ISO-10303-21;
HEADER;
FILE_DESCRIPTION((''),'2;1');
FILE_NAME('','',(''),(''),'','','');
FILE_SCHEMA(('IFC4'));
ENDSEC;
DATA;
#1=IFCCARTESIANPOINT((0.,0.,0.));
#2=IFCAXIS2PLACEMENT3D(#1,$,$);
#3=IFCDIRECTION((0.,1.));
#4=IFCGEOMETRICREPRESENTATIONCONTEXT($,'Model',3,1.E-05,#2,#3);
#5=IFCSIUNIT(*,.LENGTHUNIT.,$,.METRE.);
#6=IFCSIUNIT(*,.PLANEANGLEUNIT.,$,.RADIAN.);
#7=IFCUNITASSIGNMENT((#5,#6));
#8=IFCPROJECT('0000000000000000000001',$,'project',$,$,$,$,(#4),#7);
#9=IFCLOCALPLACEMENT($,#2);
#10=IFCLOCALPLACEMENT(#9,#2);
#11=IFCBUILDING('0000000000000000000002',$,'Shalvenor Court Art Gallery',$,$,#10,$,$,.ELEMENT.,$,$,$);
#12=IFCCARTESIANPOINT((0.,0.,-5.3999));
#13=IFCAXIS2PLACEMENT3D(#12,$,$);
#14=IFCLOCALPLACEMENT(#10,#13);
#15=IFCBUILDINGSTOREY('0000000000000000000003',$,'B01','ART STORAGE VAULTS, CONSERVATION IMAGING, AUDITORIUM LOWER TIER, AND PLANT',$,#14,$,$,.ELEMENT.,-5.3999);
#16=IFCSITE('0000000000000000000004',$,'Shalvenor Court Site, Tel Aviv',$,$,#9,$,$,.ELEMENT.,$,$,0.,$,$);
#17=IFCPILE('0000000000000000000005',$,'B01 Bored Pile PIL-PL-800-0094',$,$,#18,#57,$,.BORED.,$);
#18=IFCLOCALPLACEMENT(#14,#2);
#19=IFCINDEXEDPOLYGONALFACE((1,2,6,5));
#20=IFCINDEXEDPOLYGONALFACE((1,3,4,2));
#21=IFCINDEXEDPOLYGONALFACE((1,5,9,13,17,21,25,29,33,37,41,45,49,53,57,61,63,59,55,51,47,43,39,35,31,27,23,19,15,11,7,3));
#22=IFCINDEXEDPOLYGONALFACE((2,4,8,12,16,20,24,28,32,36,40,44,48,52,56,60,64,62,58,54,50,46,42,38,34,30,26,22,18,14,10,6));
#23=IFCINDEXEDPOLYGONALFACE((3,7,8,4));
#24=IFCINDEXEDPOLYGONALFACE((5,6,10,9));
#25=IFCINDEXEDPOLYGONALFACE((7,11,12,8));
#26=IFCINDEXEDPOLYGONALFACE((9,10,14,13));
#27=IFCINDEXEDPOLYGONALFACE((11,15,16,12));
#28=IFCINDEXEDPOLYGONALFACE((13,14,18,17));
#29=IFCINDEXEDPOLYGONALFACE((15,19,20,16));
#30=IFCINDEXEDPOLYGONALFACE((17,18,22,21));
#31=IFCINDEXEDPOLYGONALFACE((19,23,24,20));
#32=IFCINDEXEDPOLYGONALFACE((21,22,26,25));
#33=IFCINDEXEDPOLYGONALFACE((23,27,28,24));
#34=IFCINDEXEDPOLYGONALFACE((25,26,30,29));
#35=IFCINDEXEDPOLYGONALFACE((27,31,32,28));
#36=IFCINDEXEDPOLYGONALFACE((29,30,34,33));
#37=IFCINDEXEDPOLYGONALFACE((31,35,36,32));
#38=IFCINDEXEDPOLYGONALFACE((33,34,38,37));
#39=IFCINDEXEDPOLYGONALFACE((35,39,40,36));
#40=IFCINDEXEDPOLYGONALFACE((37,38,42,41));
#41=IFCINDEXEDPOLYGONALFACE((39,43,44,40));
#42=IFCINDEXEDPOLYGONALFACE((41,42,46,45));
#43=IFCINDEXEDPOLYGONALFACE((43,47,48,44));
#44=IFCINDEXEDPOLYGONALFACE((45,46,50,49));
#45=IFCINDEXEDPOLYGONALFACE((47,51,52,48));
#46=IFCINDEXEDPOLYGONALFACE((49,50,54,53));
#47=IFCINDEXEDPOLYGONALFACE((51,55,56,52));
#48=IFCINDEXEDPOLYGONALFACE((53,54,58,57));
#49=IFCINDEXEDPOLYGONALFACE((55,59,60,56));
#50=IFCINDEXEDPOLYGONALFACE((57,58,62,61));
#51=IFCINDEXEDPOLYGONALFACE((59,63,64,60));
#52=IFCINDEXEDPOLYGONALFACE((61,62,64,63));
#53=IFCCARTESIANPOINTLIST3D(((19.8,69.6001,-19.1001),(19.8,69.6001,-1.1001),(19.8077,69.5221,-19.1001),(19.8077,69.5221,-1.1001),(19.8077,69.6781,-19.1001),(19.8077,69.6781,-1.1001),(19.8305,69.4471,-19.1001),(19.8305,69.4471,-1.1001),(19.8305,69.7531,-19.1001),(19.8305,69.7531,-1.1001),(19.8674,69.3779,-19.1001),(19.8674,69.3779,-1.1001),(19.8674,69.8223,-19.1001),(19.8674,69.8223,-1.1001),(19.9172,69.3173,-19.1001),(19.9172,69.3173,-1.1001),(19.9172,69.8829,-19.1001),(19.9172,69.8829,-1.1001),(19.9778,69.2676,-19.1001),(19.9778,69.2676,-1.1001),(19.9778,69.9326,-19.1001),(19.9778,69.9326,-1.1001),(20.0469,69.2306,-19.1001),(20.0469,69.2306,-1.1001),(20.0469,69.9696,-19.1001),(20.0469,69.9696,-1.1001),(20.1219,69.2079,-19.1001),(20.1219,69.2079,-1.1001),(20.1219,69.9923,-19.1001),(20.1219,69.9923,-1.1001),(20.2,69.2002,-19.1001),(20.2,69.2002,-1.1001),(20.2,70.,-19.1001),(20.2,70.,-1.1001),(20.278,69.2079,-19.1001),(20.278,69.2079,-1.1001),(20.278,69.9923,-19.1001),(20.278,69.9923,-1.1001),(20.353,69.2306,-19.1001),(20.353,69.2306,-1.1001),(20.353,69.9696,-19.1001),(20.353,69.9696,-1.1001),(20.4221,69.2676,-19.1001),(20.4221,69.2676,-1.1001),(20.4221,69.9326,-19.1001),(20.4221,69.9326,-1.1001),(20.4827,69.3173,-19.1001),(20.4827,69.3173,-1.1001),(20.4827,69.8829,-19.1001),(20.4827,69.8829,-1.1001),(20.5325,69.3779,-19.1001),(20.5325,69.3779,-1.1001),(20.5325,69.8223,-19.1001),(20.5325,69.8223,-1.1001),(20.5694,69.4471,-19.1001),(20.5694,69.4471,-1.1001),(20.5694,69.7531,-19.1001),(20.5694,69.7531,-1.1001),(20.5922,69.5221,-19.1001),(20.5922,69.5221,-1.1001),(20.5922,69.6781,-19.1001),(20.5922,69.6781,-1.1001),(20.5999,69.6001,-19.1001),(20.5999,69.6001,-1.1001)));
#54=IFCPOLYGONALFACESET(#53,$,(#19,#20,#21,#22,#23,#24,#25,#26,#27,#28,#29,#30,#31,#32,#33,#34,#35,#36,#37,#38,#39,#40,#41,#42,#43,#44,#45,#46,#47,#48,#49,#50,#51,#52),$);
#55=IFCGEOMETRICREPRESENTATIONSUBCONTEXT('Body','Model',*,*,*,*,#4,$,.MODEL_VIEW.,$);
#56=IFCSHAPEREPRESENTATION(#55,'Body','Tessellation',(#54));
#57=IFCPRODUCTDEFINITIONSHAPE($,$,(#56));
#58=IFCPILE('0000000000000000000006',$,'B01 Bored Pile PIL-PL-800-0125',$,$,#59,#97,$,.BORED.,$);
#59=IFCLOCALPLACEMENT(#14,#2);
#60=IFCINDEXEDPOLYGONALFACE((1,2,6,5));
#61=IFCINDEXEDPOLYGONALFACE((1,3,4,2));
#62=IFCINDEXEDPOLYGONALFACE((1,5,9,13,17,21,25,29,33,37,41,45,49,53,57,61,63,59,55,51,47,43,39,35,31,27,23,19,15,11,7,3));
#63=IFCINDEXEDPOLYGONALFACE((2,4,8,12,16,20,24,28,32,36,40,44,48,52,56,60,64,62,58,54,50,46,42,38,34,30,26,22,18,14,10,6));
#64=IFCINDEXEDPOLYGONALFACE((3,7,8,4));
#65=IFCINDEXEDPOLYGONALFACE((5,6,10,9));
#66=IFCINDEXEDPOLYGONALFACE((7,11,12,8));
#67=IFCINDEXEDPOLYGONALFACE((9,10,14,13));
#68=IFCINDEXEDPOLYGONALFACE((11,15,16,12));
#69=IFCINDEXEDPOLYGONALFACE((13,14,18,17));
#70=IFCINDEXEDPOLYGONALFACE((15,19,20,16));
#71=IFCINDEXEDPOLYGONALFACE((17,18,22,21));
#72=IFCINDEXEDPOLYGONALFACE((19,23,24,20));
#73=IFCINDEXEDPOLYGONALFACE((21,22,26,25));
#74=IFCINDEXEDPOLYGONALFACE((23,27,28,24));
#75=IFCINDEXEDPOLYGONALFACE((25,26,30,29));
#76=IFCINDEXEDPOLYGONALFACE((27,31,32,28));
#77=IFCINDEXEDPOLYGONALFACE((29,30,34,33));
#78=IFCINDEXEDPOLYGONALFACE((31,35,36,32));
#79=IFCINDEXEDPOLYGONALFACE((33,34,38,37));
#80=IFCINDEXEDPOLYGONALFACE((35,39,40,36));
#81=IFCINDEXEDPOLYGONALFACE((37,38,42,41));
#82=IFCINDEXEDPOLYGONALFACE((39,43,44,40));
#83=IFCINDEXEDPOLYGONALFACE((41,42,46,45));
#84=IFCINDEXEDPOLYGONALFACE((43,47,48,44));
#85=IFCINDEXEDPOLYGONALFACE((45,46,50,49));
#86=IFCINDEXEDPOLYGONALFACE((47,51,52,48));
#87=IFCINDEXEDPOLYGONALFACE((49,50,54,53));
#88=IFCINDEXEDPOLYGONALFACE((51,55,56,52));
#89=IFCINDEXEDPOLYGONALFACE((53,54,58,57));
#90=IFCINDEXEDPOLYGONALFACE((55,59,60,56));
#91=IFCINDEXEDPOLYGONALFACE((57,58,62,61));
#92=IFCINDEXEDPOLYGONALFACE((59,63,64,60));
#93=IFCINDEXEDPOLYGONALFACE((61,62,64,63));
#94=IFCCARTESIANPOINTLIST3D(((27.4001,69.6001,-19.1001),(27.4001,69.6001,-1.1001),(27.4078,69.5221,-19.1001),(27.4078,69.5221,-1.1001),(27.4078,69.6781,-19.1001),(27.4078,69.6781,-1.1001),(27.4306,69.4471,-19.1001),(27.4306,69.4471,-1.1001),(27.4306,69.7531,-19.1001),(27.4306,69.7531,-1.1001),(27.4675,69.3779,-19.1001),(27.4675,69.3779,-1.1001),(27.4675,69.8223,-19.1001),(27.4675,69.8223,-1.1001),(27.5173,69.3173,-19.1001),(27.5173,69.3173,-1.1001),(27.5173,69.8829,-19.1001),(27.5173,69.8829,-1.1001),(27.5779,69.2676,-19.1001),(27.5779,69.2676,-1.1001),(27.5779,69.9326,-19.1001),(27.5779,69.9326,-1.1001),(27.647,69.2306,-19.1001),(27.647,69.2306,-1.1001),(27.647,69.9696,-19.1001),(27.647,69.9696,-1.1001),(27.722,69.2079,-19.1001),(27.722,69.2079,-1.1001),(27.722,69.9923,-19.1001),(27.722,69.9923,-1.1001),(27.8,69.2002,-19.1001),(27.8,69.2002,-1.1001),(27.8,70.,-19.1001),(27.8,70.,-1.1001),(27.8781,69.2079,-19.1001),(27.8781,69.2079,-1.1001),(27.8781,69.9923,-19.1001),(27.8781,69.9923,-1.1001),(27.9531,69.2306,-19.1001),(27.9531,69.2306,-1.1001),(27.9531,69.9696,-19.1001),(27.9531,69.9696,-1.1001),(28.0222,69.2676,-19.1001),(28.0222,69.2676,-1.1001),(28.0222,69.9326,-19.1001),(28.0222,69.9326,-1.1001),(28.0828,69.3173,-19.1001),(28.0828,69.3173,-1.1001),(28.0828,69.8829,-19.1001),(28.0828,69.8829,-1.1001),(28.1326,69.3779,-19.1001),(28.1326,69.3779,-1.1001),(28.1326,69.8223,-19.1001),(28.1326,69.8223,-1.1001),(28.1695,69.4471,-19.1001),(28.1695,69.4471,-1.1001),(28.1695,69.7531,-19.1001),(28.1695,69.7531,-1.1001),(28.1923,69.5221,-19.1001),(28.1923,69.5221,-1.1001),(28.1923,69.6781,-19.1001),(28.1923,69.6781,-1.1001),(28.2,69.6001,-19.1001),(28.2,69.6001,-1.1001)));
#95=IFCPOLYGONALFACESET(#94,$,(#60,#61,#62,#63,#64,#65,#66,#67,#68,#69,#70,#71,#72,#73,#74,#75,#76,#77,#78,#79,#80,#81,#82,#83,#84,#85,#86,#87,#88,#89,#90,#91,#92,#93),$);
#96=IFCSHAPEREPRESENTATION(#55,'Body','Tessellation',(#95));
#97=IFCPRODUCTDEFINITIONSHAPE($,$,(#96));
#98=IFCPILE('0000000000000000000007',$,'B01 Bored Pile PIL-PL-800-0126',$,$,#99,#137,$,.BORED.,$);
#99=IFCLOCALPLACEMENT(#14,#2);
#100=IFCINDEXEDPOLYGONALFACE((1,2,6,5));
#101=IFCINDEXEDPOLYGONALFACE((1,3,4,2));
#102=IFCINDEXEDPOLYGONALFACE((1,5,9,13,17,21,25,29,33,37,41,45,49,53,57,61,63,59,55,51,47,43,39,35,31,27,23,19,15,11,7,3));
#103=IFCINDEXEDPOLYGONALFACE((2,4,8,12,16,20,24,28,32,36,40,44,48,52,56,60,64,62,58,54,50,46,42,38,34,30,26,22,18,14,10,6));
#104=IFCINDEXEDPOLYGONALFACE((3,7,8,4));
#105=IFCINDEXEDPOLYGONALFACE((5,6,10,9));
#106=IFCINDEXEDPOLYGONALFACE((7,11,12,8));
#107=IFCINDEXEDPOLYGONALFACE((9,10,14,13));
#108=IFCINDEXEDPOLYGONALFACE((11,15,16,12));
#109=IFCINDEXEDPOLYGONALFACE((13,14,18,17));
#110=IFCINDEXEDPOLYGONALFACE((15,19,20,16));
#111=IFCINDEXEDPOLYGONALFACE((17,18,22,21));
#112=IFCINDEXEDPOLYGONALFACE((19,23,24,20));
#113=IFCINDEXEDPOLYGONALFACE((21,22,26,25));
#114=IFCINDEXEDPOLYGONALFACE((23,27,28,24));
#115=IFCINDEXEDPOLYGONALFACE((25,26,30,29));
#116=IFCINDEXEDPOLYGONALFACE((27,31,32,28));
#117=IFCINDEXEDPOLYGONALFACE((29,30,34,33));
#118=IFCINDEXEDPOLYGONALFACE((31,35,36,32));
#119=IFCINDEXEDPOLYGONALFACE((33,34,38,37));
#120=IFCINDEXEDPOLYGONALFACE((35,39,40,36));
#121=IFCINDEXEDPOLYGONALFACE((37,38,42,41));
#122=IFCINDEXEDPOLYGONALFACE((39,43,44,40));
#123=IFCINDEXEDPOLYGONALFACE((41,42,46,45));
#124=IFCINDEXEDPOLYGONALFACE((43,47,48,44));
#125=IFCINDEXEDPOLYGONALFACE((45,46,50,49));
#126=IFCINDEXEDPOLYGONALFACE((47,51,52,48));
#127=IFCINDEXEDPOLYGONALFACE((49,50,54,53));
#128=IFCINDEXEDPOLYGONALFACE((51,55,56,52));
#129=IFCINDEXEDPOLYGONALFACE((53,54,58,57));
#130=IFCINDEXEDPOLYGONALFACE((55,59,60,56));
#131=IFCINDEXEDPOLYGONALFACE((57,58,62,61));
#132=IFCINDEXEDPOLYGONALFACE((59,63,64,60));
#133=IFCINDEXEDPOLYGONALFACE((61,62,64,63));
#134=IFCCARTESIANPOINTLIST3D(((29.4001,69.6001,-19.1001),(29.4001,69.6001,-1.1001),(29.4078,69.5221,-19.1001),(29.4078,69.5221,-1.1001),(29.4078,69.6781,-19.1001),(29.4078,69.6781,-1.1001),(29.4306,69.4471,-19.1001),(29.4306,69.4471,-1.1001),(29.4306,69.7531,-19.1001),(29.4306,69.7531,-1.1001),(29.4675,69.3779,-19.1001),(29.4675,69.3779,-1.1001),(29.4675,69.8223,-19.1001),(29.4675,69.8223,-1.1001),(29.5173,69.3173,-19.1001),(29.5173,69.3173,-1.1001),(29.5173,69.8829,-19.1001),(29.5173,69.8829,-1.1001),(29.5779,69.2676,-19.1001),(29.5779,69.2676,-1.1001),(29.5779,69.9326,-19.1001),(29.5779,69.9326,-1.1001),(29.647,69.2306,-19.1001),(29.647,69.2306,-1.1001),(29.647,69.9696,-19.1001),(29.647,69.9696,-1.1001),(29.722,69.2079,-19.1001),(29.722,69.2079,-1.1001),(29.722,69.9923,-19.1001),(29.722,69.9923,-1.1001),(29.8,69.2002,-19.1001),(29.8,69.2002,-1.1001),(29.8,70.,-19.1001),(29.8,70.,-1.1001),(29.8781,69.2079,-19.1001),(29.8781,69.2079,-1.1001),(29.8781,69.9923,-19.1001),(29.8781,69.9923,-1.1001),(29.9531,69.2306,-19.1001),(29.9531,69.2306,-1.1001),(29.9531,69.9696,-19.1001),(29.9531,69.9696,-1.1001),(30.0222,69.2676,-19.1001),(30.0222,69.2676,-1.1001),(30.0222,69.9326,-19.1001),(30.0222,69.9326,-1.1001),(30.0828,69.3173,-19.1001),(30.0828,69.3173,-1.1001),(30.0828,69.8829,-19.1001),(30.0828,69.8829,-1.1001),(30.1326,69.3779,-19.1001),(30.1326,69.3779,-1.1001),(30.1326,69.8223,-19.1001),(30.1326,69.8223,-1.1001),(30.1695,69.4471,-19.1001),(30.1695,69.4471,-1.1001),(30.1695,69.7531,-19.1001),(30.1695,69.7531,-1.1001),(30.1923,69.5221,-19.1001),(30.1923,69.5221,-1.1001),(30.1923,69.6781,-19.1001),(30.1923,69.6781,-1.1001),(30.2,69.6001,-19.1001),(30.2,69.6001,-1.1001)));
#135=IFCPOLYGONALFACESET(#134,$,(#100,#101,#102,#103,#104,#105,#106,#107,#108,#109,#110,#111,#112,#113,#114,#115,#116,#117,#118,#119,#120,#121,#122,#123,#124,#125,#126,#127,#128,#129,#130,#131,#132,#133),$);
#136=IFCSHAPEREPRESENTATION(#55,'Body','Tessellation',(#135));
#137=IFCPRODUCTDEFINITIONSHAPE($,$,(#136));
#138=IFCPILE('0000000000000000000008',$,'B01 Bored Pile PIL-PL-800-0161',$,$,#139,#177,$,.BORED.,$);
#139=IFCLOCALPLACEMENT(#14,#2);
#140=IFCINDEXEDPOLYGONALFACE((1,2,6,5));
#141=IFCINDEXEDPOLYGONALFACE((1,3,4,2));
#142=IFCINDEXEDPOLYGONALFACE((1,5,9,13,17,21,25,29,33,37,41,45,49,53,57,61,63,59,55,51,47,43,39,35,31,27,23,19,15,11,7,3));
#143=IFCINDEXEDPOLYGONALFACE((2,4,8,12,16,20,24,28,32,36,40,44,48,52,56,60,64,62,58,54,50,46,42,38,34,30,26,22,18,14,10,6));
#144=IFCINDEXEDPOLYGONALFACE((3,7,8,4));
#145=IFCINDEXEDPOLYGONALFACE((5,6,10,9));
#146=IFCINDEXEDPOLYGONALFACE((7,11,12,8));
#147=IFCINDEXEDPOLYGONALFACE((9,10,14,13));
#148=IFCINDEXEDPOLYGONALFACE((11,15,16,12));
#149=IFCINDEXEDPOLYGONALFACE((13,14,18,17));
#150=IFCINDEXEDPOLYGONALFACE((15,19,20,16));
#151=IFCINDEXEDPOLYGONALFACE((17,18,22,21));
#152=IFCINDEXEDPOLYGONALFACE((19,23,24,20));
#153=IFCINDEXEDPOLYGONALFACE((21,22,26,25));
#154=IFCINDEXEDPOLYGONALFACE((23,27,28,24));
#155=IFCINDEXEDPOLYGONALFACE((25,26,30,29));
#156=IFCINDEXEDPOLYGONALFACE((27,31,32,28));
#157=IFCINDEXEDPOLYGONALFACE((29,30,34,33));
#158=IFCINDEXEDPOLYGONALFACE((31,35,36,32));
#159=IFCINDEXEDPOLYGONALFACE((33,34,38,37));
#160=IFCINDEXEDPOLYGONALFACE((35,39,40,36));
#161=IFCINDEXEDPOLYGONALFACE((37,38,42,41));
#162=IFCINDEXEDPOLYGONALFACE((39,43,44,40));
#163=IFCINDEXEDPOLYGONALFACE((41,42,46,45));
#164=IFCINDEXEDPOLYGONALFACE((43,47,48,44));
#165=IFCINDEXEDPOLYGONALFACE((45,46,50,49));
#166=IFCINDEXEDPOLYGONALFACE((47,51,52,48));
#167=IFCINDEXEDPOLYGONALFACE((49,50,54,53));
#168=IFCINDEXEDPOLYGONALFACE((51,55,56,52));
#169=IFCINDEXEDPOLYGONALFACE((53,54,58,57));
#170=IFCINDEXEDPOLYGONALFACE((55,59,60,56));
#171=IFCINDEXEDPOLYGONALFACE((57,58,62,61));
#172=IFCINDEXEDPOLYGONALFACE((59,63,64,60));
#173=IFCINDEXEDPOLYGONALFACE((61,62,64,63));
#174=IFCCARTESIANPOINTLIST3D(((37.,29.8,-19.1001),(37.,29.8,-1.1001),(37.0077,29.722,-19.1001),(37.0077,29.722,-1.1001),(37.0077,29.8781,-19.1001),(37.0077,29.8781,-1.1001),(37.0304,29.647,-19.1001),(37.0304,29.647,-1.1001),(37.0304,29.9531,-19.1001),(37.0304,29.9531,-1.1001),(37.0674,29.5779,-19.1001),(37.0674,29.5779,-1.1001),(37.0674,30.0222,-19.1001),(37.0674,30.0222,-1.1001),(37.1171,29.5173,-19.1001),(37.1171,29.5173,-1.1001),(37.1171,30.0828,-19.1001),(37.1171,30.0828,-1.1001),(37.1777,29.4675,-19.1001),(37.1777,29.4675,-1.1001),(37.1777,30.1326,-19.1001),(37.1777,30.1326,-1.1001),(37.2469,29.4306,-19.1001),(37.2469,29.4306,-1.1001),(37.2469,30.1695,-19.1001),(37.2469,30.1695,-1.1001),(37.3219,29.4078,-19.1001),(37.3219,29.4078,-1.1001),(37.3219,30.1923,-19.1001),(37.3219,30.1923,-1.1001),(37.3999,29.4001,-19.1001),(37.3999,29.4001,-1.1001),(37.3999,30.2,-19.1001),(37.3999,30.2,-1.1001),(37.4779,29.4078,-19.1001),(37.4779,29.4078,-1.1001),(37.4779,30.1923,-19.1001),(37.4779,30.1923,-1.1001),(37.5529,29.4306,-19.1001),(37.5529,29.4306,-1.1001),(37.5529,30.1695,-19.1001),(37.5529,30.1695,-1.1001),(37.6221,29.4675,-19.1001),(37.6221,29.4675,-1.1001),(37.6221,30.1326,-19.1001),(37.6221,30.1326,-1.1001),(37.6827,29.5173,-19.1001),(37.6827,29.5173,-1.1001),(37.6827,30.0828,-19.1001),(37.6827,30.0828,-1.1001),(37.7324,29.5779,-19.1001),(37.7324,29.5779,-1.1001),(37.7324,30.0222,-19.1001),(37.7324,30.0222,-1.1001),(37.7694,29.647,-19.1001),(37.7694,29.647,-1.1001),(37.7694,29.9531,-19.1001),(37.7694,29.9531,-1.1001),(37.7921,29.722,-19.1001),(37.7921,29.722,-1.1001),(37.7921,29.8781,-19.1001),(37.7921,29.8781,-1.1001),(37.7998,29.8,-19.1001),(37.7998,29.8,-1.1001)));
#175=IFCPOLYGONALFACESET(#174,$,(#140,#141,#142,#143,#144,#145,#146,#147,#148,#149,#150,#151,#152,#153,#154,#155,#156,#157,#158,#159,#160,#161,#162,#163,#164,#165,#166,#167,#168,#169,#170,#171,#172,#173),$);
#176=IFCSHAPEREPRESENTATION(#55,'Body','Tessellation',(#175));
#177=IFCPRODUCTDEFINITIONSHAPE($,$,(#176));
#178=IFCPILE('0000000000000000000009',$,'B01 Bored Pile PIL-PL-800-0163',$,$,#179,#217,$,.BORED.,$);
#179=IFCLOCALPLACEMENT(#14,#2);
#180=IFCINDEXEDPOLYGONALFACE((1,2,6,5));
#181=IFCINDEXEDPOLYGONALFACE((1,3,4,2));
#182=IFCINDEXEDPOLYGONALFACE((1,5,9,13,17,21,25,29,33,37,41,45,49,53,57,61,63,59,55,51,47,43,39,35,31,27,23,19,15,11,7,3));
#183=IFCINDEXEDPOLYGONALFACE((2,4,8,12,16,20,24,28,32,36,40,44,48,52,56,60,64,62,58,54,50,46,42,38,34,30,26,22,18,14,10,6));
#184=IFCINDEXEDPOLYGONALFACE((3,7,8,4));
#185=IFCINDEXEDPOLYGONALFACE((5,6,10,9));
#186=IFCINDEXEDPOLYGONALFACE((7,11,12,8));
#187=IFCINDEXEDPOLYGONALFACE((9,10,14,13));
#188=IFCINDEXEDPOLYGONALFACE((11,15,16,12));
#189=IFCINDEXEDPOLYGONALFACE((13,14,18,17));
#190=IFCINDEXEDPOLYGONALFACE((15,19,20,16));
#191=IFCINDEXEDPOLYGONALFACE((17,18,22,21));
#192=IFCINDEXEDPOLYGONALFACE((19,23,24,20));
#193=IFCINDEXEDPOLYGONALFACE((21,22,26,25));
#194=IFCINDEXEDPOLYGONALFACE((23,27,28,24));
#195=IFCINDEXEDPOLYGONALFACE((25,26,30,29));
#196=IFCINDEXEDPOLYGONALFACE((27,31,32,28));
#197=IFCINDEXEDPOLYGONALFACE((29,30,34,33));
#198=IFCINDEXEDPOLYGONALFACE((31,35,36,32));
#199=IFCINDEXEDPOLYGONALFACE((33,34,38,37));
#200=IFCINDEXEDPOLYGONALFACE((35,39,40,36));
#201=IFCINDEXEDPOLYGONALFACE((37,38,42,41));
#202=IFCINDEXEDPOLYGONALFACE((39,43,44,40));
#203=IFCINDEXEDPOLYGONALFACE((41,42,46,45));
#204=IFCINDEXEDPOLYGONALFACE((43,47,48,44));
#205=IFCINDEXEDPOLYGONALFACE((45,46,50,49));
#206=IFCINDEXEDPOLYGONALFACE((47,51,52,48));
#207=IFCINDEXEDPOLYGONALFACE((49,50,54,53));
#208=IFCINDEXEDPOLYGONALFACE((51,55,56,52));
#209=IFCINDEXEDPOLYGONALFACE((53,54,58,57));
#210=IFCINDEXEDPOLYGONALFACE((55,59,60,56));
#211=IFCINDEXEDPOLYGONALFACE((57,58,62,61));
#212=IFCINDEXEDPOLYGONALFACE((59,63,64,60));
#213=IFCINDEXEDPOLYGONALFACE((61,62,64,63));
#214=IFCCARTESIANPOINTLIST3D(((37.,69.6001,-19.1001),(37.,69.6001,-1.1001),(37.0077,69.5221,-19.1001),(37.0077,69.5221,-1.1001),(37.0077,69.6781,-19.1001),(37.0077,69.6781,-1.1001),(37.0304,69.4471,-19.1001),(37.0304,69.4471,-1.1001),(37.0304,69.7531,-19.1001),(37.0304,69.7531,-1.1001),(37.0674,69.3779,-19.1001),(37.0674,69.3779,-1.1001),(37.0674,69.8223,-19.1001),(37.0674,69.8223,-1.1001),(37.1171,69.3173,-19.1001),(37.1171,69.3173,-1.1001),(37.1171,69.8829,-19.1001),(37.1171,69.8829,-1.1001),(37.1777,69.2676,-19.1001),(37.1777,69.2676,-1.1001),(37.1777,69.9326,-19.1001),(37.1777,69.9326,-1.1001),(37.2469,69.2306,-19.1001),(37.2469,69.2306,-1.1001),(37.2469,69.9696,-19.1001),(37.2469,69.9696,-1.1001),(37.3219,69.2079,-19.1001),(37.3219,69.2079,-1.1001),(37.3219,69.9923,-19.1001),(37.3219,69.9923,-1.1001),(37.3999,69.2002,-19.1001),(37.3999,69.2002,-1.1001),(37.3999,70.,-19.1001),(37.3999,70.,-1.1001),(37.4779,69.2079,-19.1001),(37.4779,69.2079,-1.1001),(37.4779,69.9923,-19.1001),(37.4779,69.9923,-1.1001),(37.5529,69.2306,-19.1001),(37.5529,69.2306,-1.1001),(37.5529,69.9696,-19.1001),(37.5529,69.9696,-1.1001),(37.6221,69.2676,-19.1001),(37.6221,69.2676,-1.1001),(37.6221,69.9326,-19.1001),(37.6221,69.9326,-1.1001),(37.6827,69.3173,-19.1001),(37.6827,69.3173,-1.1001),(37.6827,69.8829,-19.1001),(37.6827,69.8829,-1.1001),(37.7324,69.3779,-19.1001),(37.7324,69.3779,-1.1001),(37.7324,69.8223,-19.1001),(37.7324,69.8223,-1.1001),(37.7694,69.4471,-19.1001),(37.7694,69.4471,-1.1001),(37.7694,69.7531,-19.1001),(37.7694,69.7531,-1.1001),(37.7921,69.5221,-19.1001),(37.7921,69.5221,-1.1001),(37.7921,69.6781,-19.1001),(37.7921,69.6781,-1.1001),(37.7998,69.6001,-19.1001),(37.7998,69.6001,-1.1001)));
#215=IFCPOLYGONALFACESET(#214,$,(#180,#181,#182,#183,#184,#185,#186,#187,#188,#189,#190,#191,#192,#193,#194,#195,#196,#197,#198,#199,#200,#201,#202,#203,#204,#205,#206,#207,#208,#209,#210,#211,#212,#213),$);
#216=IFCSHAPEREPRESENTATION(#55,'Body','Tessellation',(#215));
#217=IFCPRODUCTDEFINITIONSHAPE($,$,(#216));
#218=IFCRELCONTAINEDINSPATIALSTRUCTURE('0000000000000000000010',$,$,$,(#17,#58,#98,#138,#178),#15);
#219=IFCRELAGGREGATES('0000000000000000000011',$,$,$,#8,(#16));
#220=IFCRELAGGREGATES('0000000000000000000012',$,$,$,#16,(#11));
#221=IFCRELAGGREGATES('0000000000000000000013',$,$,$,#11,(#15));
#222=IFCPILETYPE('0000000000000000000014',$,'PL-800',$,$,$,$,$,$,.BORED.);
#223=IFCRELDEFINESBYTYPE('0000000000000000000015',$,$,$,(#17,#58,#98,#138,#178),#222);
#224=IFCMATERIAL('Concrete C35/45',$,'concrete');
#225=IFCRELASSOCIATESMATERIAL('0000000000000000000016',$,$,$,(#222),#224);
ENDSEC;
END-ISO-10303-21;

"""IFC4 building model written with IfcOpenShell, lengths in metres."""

from ifc_helpers import new_model, si_unit, direction, frame, origin, origin_2d, place, context, subcontext, project, spatial, circle, extrude, material, material_profile, profile_set, type_object, element, save


model = new_model("IFC4")

# Units and contexts
model_context = context("Model", 3, precision=1e-05, world=origin(), true_north=direction((0.0, 1.0)))
body_context = subcontext(model_context, "Body", "Model", "MODEL_VIEW")
ifc_project = project(units=[si_unit("LENGTHUNIT", "METRE"), si_unit("PLANEANGLEUNIT", "RADIAN")], contexts=[model_context])

# Site, building, storey
site_placement = place(None, origin())
site = spatial("IfcSite", under=ifc_project, at=site_placement, Name="Shalvenor Court Site, Tel Aviv", CompositionType="ELEMENT", RefElevation=0.0)
building_placement = place(site_placement, origin())
building = spatial("IfcBuilding", under=site, at=building_placement, Name="Shalvenor Court Art Gallery", CompositionType="ELEMENT")
storey_placement = place(building_placement, frame((0.0, 0.0, -5.3999)))
storey = spatial("IfcBuildingStorey", under=building, at=storey_placement, Name="B01", Description="ART STORAGE VAULTS, CONSERVATION IMAGING, AUDITORIUM LOWER TIER, AND PLANT", CompositionType="ELEMENT", Elevation=-5.3999)

# Piles
ifc_material_1 = material(Name="Concrete C35/45", Category="concrete")
ifc_material_profile_1 = material_profile(ifc_material_1, circle(Radius=0.3999, at=origin_2d()), Name="PILE 800")
ifc_profile_set_1 = profile_set([ifc_material_profile_1], Name="Concrete C35/45")
pile_type_1 = type_object("IfcPileType", Name="PL-800", PredefinedType="BORED", material=ifc_profile_set_1)
for number, where, z_axis, x_axis, name in (
    (1, (20.2, 69.6001, -1.1001), (0.0, 0.0, -1.0), (1.0, 0.0, 0.0), "B01 Bored Pile PIL-PL-800-0094"),
    (2, (27.8, 69.6001, -1.1001), (0.0, 0.0, -1.0), (1.0, 0.0, 0.0), "B01 Bored Pile PIL-PL-800-0125"),
    (3, (29.8, 69.6001, -1.1001), (0.0, 0.0, -1.0), (1.0, 0.0, 0.0), "B01 Bored Pile PIL-PL-800-0126"),
    (4, (37.3999, 29.8, -1.1001), (0.0, 0.0, -1.0), (1.0, 0.0, 0.0), "B01 Bored Pile PIL-PL-800-0161"),
    (5, (37.3999, 69.6001, -1.1001), (0.0, 0.0, -1.0), (1.0, 0.0, 0.0), "B01 Bored Pile PIL-PL-800-0163"),
):
    element("IfcPile", number, at=place(storey_placement, frame(where, z_axis=z_axis, x_axis=x_axis)), inside=storey, type_object=pile_type_1, Name=name, PredefinedType="BORED", context=body_context, shape_type="SweptSolid", body=[
        extrude(circle(Radius=0.3999, at=origin_2d()), origin(), (0.0, 0.0, 1.0), 18.0),
    ])

save(model, "model.ifc")
